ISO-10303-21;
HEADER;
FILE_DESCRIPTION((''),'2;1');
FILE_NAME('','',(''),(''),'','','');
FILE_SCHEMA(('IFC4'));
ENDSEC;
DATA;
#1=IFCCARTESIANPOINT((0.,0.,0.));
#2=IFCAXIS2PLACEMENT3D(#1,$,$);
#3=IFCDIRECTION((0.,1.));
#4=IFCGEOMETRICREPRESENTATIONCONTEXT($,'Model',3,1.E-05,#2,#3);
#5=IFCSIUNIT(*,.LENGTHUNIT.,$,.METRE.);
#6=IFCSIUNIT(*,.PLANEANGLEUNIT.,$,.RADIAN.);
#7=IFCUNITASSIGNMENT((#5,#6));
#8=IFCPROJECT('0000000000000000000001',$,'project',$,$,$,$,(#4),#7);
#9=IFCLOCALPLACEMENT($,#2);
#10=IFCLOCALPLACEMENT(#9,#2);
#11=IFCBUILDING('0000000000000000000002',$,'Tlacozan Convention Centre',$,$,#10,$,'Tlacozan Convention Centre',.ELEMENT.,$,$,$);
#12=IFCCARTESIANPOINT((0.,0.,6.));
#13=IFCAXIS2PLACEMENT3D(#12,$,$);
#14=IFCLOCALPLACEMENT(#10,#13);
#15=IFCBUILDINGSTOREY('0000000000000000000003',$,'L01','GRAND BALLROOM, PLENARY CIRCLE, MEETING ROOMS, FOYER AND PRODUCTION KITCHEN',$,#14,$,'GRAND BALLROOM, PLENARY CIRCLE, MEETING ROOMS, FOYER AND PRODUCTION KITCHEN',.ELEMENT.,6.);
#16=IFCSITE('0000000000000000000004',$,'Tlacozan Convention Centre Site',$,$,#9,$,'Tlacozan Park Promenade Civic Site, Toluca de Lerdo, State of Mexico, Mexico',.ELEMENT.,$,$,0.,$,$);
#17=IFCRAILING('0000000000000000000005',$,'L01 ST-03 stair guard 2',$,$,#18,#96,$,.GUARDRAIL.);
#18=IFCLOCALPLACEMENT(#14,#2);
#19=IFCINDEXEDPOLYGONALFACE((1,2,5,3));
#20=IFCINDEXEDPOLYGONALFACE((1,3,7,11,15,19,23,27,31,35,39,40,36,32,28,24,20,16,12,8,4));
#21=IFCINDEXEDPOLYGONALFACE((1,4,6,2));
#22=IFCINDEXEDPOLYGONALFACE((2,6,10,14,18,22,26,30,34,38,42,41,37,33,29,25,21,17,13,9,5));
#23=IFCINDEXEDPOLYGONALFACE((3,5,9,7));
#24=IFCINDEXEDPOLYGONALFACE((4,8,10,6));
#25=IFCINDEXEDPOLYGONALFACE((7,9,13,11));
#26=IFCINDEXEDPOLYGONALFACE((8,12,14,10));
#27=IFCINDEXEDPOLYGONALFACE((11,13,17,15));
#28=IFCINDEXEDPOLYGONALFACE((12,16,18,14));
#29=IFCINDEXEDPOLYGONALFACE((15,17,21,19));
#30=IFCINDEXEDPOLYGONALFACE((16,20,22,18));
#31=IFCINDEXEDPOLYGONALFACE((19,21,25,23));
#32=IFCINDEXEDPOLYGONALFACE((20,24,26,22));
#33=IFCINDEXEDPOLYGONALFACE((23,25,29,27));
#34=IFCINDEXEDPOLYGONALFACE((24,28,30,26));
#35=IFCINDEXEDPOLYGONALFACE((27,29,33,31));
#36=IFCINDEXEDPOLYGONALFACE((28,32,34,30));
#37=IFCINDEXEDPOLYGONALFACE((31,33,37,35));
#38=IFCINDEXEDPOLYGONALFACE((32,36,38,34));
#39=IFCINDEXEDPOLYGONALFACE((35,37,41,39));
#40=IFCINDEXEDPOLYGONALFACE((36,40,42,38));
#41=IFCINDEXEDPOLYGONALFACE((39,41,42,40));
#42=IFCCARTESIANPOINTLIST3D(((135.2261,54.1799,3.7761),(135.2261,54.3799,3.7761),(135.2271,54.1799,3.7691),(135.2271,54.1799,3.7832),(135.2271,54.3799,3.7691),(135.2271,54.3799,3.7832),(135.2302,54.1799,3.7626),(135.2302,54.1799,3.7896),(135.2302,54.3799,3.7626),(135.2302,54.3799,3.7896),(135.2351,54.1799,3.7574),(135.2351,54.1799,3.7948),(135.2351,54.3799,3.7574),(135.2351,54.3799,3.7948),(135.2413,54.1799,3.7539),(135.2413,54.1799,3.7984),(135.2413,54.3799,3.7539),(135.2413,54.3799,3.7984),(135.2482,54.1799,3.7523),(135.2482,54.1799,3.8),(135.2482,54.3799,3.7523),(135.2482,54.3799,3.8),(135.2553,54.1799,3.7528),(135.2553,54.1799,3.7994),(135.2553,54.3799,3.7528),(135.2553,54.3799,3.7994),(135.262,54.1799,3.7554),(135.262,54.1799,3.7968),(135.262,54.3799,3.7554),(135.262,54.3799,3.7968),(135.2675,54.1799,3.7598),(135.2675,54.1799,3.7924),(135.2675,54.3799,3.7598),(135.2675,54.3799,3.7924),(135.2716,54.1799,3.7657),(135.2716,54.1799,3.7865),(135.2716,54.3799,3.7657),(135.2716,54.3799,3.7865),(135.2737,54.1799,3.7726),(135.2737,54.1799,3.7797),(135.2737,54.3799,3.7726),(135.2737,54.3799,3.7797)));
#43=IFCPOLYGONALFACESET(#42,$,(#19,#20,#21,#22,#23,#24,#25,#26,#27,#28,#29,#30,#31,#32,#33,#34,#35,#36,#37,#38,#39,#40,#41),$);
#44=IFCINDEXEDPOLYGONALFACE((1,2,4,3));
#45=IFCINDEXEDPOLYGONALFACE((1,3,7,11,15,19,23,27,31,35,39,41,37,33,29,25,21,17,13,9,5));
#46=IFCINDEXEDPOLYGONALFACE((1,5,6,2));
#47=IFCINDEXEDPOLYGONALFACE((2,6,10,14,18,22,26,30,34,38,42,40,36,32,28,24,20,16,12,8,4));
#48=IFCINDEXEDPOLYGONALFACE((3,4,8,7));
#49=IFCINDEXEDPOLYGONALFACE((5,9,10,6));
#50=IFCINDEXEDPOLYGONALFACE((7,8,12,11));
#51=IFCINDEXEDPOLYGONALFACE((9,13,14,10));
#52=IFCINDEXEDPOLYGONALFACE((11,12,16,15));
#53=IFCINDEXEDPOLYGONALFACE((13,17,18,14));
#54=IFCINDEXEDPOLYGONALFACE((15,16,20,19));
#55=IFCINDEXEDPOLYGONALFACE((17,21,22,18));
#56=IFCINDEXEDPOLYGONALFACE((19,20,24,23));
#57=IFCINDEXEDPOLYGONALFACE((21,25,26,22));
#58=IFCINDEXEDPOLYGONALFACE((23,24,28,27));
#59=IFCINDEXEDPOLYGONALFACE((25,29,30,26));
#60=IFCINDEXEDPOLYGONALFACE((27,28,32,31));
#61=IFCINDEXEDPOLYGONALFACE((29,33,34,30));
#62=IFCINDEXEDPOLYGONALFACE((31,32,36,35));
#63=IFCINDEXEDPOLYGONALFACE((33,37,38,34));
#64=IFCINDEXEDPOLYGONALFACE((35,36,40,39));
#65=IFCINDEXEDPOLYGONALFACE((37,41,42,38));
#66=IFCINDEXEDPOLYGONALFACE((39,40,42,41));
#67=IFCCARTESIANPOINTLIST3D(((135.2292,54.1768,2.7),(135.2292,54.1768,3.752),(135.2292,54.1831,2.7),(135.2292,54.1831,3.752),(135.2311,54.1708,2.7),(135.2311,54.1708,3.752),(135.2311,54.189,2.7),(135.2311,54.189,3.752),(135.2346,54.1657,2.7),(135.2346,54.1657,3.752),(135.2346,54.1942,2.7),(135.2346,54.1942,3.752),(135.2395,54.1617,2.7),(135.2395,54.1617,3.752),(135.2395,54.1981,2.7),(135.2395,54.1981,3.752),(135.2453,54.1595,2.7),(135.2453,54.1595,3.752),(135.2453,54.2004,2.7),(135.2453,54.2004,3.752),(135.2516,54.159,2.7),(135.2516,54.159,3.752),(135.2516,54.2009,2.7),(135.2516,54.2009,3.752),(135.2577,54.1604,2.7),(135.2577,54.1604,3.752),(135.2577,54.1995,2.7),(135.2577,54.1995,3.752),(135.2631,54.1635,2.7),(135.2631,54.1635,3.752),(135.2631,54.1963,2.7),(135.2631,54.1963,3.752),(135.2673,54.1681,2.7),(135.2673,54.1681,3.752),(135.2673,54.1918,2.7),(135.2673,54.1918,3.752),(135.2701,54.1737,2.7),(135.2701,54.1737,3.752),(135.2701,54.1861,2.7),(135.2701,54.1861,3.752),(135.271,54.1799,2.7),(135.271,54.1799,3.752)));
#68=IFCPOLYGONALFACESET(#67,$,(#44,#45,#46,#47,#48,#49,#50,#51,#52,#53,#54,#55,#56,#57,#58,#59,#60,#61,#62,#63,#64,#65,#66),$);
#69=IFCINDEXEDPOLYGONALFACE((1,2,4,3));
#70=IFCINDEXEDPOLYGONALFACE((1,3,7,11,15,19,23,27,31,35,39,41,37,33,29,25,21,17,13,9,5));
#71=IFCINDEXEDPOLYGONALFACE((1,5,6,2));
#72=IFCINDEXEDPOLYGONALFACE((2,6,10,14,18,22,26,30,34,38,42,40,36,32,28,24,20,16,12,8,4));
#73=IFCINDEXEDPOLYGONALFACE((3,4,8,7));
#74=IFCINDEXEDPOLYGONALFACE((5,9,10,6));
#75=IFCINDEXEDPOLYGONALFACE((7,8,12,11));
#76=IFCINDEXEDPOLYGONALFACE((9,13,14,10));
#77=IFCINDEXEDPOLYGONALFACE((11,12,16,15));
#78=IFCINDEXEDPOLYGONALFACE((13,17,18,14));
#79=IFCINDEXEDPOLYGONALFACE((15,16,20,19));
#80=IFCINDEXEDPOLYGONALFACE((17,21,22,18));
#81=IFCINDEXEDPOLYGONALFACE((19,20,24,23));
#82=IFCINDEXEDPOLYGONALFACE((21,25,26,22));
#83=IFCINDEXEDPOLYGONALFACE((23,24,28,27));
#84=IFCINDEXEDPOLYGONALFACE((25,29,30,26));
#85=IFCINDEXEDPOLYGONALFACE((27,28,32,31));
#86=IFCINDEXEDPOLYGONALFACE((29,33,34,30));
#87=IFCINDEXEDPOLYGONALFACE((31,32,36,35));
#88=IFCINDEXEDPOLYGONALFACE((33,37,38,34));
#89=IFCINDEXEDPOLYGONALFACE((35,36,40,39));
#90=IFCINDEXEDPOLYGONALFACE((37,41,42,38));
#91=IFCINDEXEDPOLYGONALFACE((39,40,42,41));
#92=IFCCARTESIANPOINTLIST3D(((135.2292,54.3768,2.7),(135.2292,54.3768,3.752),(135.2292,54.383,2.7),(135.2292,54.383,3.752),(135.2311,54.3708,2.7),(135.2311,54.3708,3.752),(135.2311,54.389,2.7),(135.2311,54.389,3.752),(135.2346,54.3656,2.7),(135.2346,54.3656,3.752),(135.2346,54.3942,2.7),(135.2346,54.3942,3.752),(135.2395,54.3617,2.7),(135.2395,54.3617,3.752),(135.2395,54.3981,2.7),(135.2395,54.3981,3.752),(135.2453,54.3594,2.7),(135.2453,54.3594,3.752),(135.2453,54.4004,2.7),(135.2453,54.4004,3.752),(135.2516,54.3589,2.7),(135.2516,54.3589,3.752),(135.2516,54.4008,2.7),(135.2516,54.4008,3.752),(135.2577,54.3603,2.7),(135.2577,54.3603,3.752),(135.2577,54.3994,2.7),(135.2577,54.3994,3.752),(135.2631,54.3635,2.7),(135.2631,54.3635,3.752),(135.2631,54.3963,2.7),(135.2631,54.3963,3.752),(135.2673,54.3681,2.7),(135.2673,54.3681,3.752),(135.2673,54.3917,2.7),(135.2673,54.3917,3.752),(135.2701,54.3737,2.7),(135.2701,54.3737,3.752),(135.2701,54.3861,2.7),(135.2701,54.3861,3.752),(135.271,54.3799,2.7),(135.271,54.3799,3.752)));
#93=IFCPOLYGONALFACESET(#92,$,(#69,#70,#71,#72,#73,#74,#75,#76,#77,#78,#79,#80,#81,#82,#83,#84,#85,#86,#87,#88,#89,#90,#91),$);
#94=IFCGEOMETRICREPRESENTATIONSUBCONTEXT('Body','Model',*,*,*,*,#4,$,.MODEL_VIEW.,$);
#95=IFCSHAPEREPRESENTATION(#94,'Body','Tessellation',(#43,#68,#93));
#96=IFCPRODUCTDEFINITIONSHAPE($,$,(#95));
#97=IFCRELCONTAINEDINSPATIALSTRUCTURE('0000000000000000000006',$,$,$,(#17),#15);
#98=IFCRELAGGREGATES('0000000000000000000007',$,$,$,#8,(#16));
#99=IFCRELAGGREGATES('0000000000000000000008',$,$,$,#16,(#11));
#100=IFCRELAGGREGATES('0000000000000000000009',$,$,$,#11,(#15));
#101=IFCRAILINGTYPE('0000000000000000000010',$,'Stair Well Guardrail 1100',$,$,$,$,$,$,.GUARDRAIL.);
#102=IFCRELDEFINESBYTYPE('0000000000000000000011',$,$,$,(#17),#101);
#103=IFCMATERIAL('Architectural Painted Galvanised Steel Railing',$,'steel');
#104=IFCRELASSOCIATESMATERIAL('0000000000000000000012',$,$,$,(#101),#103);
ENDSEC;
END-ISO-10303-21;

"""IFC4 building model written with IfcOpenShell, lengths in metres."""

from ifc_helpers import new_model, si_unit, direction, frame, origin, origin_2d, place, context, subcontext, project, spatial, circle, extrude, material, type_object, element, save


model = new_model("IFC4")

# Units and contexts
model_context = context("Model", 3, precision=1e-05, world=origin(), true_north=direction((0.0, 1.0)))
body_context = subcontext(model_context, "Body", "Model", "MODEL_VIEW")
ifc_project = project(units=[si_unit("LENGTHUNIT", "METRE"), si_unit("PLANEANGLEUNIT", "RADIAN")], contexts=[model_context])

# Site, building, storey
site_placement = place(None, origin())
site = spatial("IfcSite", under=ifc_project, at=site_placement, Name="Tlacozan Convention Centre Site", LongName="Tlacozan Park Promenade Civic Site, Toluca de Lerdo, State of Mexico, Mexico", CompositionType="ELEMENT", RefElevation=0.0)
building_placement = place(site_placement, origin())
building = spatial("IfcBuilding", under=site, at=building_placement, Name="Tlacozan Convention Centre", LongName="Tlacozan Convention Centre", CompositionType="ELEMENT")
storey_placement = place(building_placement, frame((0.0, 0.0, 6.0)))
storey = spatial("IfcBuildingStorey", under=building, at=storey_placement, Name="L01", Description="GRAND BALLROOM, PLENARY CIRCLE, MEETING ROOMS, FOYER AND PRODUCTION KITCHEN", LongName="GRAND BALLROOM, PLENARY CIRCLE, MEETING ROOMS, FOYER AND PRODUCTION KITCHEN", CompositionType="ELEMENT", Elevation=6.0)

# Railing
ifc_material_1 = material(Name="Architectural Painted Galvanised Steel Railing", Category="steel")
railing_type_1 = type_object("IfcRailingType", Name="Stair Well Guardrail 1100", PredefinedType="GUARDRAIL", material=ifc_material_1)
railing_1_placement = place(storey_placement, frame((135.25, 54.1799, 2.7)))
element("IfcRailing", 1, at=railing_1_placement, inside=storey, type_object=railing_type_1, Name="L01 ST-03 stair guard 2", PredefinedType="GUARDRAIL", context=body_context, shape_type="SweptSolid", body=[
    extrude(circle(Radius=0.0239, at=origin_2d()), frame((0.0, 0.0, 1.0762), z_axis=(0.0, 1.0, 0.0), x_axis=(-1.0, 0.0, 0.0)), (0.0, 0.0, 1.0), 0.2),
    extrude(circle(Radius=0.021, at=origin_2d()), origin(), (0.0, 0.0, 1.0), 1.052),
    extrude(circle(Radius=0.021, at=origin_2d()), frame((0.0, 0.2, 0.0)), (0.0, 0.0, 1.0), 1.052),
])

save(model, "model.ifc")
